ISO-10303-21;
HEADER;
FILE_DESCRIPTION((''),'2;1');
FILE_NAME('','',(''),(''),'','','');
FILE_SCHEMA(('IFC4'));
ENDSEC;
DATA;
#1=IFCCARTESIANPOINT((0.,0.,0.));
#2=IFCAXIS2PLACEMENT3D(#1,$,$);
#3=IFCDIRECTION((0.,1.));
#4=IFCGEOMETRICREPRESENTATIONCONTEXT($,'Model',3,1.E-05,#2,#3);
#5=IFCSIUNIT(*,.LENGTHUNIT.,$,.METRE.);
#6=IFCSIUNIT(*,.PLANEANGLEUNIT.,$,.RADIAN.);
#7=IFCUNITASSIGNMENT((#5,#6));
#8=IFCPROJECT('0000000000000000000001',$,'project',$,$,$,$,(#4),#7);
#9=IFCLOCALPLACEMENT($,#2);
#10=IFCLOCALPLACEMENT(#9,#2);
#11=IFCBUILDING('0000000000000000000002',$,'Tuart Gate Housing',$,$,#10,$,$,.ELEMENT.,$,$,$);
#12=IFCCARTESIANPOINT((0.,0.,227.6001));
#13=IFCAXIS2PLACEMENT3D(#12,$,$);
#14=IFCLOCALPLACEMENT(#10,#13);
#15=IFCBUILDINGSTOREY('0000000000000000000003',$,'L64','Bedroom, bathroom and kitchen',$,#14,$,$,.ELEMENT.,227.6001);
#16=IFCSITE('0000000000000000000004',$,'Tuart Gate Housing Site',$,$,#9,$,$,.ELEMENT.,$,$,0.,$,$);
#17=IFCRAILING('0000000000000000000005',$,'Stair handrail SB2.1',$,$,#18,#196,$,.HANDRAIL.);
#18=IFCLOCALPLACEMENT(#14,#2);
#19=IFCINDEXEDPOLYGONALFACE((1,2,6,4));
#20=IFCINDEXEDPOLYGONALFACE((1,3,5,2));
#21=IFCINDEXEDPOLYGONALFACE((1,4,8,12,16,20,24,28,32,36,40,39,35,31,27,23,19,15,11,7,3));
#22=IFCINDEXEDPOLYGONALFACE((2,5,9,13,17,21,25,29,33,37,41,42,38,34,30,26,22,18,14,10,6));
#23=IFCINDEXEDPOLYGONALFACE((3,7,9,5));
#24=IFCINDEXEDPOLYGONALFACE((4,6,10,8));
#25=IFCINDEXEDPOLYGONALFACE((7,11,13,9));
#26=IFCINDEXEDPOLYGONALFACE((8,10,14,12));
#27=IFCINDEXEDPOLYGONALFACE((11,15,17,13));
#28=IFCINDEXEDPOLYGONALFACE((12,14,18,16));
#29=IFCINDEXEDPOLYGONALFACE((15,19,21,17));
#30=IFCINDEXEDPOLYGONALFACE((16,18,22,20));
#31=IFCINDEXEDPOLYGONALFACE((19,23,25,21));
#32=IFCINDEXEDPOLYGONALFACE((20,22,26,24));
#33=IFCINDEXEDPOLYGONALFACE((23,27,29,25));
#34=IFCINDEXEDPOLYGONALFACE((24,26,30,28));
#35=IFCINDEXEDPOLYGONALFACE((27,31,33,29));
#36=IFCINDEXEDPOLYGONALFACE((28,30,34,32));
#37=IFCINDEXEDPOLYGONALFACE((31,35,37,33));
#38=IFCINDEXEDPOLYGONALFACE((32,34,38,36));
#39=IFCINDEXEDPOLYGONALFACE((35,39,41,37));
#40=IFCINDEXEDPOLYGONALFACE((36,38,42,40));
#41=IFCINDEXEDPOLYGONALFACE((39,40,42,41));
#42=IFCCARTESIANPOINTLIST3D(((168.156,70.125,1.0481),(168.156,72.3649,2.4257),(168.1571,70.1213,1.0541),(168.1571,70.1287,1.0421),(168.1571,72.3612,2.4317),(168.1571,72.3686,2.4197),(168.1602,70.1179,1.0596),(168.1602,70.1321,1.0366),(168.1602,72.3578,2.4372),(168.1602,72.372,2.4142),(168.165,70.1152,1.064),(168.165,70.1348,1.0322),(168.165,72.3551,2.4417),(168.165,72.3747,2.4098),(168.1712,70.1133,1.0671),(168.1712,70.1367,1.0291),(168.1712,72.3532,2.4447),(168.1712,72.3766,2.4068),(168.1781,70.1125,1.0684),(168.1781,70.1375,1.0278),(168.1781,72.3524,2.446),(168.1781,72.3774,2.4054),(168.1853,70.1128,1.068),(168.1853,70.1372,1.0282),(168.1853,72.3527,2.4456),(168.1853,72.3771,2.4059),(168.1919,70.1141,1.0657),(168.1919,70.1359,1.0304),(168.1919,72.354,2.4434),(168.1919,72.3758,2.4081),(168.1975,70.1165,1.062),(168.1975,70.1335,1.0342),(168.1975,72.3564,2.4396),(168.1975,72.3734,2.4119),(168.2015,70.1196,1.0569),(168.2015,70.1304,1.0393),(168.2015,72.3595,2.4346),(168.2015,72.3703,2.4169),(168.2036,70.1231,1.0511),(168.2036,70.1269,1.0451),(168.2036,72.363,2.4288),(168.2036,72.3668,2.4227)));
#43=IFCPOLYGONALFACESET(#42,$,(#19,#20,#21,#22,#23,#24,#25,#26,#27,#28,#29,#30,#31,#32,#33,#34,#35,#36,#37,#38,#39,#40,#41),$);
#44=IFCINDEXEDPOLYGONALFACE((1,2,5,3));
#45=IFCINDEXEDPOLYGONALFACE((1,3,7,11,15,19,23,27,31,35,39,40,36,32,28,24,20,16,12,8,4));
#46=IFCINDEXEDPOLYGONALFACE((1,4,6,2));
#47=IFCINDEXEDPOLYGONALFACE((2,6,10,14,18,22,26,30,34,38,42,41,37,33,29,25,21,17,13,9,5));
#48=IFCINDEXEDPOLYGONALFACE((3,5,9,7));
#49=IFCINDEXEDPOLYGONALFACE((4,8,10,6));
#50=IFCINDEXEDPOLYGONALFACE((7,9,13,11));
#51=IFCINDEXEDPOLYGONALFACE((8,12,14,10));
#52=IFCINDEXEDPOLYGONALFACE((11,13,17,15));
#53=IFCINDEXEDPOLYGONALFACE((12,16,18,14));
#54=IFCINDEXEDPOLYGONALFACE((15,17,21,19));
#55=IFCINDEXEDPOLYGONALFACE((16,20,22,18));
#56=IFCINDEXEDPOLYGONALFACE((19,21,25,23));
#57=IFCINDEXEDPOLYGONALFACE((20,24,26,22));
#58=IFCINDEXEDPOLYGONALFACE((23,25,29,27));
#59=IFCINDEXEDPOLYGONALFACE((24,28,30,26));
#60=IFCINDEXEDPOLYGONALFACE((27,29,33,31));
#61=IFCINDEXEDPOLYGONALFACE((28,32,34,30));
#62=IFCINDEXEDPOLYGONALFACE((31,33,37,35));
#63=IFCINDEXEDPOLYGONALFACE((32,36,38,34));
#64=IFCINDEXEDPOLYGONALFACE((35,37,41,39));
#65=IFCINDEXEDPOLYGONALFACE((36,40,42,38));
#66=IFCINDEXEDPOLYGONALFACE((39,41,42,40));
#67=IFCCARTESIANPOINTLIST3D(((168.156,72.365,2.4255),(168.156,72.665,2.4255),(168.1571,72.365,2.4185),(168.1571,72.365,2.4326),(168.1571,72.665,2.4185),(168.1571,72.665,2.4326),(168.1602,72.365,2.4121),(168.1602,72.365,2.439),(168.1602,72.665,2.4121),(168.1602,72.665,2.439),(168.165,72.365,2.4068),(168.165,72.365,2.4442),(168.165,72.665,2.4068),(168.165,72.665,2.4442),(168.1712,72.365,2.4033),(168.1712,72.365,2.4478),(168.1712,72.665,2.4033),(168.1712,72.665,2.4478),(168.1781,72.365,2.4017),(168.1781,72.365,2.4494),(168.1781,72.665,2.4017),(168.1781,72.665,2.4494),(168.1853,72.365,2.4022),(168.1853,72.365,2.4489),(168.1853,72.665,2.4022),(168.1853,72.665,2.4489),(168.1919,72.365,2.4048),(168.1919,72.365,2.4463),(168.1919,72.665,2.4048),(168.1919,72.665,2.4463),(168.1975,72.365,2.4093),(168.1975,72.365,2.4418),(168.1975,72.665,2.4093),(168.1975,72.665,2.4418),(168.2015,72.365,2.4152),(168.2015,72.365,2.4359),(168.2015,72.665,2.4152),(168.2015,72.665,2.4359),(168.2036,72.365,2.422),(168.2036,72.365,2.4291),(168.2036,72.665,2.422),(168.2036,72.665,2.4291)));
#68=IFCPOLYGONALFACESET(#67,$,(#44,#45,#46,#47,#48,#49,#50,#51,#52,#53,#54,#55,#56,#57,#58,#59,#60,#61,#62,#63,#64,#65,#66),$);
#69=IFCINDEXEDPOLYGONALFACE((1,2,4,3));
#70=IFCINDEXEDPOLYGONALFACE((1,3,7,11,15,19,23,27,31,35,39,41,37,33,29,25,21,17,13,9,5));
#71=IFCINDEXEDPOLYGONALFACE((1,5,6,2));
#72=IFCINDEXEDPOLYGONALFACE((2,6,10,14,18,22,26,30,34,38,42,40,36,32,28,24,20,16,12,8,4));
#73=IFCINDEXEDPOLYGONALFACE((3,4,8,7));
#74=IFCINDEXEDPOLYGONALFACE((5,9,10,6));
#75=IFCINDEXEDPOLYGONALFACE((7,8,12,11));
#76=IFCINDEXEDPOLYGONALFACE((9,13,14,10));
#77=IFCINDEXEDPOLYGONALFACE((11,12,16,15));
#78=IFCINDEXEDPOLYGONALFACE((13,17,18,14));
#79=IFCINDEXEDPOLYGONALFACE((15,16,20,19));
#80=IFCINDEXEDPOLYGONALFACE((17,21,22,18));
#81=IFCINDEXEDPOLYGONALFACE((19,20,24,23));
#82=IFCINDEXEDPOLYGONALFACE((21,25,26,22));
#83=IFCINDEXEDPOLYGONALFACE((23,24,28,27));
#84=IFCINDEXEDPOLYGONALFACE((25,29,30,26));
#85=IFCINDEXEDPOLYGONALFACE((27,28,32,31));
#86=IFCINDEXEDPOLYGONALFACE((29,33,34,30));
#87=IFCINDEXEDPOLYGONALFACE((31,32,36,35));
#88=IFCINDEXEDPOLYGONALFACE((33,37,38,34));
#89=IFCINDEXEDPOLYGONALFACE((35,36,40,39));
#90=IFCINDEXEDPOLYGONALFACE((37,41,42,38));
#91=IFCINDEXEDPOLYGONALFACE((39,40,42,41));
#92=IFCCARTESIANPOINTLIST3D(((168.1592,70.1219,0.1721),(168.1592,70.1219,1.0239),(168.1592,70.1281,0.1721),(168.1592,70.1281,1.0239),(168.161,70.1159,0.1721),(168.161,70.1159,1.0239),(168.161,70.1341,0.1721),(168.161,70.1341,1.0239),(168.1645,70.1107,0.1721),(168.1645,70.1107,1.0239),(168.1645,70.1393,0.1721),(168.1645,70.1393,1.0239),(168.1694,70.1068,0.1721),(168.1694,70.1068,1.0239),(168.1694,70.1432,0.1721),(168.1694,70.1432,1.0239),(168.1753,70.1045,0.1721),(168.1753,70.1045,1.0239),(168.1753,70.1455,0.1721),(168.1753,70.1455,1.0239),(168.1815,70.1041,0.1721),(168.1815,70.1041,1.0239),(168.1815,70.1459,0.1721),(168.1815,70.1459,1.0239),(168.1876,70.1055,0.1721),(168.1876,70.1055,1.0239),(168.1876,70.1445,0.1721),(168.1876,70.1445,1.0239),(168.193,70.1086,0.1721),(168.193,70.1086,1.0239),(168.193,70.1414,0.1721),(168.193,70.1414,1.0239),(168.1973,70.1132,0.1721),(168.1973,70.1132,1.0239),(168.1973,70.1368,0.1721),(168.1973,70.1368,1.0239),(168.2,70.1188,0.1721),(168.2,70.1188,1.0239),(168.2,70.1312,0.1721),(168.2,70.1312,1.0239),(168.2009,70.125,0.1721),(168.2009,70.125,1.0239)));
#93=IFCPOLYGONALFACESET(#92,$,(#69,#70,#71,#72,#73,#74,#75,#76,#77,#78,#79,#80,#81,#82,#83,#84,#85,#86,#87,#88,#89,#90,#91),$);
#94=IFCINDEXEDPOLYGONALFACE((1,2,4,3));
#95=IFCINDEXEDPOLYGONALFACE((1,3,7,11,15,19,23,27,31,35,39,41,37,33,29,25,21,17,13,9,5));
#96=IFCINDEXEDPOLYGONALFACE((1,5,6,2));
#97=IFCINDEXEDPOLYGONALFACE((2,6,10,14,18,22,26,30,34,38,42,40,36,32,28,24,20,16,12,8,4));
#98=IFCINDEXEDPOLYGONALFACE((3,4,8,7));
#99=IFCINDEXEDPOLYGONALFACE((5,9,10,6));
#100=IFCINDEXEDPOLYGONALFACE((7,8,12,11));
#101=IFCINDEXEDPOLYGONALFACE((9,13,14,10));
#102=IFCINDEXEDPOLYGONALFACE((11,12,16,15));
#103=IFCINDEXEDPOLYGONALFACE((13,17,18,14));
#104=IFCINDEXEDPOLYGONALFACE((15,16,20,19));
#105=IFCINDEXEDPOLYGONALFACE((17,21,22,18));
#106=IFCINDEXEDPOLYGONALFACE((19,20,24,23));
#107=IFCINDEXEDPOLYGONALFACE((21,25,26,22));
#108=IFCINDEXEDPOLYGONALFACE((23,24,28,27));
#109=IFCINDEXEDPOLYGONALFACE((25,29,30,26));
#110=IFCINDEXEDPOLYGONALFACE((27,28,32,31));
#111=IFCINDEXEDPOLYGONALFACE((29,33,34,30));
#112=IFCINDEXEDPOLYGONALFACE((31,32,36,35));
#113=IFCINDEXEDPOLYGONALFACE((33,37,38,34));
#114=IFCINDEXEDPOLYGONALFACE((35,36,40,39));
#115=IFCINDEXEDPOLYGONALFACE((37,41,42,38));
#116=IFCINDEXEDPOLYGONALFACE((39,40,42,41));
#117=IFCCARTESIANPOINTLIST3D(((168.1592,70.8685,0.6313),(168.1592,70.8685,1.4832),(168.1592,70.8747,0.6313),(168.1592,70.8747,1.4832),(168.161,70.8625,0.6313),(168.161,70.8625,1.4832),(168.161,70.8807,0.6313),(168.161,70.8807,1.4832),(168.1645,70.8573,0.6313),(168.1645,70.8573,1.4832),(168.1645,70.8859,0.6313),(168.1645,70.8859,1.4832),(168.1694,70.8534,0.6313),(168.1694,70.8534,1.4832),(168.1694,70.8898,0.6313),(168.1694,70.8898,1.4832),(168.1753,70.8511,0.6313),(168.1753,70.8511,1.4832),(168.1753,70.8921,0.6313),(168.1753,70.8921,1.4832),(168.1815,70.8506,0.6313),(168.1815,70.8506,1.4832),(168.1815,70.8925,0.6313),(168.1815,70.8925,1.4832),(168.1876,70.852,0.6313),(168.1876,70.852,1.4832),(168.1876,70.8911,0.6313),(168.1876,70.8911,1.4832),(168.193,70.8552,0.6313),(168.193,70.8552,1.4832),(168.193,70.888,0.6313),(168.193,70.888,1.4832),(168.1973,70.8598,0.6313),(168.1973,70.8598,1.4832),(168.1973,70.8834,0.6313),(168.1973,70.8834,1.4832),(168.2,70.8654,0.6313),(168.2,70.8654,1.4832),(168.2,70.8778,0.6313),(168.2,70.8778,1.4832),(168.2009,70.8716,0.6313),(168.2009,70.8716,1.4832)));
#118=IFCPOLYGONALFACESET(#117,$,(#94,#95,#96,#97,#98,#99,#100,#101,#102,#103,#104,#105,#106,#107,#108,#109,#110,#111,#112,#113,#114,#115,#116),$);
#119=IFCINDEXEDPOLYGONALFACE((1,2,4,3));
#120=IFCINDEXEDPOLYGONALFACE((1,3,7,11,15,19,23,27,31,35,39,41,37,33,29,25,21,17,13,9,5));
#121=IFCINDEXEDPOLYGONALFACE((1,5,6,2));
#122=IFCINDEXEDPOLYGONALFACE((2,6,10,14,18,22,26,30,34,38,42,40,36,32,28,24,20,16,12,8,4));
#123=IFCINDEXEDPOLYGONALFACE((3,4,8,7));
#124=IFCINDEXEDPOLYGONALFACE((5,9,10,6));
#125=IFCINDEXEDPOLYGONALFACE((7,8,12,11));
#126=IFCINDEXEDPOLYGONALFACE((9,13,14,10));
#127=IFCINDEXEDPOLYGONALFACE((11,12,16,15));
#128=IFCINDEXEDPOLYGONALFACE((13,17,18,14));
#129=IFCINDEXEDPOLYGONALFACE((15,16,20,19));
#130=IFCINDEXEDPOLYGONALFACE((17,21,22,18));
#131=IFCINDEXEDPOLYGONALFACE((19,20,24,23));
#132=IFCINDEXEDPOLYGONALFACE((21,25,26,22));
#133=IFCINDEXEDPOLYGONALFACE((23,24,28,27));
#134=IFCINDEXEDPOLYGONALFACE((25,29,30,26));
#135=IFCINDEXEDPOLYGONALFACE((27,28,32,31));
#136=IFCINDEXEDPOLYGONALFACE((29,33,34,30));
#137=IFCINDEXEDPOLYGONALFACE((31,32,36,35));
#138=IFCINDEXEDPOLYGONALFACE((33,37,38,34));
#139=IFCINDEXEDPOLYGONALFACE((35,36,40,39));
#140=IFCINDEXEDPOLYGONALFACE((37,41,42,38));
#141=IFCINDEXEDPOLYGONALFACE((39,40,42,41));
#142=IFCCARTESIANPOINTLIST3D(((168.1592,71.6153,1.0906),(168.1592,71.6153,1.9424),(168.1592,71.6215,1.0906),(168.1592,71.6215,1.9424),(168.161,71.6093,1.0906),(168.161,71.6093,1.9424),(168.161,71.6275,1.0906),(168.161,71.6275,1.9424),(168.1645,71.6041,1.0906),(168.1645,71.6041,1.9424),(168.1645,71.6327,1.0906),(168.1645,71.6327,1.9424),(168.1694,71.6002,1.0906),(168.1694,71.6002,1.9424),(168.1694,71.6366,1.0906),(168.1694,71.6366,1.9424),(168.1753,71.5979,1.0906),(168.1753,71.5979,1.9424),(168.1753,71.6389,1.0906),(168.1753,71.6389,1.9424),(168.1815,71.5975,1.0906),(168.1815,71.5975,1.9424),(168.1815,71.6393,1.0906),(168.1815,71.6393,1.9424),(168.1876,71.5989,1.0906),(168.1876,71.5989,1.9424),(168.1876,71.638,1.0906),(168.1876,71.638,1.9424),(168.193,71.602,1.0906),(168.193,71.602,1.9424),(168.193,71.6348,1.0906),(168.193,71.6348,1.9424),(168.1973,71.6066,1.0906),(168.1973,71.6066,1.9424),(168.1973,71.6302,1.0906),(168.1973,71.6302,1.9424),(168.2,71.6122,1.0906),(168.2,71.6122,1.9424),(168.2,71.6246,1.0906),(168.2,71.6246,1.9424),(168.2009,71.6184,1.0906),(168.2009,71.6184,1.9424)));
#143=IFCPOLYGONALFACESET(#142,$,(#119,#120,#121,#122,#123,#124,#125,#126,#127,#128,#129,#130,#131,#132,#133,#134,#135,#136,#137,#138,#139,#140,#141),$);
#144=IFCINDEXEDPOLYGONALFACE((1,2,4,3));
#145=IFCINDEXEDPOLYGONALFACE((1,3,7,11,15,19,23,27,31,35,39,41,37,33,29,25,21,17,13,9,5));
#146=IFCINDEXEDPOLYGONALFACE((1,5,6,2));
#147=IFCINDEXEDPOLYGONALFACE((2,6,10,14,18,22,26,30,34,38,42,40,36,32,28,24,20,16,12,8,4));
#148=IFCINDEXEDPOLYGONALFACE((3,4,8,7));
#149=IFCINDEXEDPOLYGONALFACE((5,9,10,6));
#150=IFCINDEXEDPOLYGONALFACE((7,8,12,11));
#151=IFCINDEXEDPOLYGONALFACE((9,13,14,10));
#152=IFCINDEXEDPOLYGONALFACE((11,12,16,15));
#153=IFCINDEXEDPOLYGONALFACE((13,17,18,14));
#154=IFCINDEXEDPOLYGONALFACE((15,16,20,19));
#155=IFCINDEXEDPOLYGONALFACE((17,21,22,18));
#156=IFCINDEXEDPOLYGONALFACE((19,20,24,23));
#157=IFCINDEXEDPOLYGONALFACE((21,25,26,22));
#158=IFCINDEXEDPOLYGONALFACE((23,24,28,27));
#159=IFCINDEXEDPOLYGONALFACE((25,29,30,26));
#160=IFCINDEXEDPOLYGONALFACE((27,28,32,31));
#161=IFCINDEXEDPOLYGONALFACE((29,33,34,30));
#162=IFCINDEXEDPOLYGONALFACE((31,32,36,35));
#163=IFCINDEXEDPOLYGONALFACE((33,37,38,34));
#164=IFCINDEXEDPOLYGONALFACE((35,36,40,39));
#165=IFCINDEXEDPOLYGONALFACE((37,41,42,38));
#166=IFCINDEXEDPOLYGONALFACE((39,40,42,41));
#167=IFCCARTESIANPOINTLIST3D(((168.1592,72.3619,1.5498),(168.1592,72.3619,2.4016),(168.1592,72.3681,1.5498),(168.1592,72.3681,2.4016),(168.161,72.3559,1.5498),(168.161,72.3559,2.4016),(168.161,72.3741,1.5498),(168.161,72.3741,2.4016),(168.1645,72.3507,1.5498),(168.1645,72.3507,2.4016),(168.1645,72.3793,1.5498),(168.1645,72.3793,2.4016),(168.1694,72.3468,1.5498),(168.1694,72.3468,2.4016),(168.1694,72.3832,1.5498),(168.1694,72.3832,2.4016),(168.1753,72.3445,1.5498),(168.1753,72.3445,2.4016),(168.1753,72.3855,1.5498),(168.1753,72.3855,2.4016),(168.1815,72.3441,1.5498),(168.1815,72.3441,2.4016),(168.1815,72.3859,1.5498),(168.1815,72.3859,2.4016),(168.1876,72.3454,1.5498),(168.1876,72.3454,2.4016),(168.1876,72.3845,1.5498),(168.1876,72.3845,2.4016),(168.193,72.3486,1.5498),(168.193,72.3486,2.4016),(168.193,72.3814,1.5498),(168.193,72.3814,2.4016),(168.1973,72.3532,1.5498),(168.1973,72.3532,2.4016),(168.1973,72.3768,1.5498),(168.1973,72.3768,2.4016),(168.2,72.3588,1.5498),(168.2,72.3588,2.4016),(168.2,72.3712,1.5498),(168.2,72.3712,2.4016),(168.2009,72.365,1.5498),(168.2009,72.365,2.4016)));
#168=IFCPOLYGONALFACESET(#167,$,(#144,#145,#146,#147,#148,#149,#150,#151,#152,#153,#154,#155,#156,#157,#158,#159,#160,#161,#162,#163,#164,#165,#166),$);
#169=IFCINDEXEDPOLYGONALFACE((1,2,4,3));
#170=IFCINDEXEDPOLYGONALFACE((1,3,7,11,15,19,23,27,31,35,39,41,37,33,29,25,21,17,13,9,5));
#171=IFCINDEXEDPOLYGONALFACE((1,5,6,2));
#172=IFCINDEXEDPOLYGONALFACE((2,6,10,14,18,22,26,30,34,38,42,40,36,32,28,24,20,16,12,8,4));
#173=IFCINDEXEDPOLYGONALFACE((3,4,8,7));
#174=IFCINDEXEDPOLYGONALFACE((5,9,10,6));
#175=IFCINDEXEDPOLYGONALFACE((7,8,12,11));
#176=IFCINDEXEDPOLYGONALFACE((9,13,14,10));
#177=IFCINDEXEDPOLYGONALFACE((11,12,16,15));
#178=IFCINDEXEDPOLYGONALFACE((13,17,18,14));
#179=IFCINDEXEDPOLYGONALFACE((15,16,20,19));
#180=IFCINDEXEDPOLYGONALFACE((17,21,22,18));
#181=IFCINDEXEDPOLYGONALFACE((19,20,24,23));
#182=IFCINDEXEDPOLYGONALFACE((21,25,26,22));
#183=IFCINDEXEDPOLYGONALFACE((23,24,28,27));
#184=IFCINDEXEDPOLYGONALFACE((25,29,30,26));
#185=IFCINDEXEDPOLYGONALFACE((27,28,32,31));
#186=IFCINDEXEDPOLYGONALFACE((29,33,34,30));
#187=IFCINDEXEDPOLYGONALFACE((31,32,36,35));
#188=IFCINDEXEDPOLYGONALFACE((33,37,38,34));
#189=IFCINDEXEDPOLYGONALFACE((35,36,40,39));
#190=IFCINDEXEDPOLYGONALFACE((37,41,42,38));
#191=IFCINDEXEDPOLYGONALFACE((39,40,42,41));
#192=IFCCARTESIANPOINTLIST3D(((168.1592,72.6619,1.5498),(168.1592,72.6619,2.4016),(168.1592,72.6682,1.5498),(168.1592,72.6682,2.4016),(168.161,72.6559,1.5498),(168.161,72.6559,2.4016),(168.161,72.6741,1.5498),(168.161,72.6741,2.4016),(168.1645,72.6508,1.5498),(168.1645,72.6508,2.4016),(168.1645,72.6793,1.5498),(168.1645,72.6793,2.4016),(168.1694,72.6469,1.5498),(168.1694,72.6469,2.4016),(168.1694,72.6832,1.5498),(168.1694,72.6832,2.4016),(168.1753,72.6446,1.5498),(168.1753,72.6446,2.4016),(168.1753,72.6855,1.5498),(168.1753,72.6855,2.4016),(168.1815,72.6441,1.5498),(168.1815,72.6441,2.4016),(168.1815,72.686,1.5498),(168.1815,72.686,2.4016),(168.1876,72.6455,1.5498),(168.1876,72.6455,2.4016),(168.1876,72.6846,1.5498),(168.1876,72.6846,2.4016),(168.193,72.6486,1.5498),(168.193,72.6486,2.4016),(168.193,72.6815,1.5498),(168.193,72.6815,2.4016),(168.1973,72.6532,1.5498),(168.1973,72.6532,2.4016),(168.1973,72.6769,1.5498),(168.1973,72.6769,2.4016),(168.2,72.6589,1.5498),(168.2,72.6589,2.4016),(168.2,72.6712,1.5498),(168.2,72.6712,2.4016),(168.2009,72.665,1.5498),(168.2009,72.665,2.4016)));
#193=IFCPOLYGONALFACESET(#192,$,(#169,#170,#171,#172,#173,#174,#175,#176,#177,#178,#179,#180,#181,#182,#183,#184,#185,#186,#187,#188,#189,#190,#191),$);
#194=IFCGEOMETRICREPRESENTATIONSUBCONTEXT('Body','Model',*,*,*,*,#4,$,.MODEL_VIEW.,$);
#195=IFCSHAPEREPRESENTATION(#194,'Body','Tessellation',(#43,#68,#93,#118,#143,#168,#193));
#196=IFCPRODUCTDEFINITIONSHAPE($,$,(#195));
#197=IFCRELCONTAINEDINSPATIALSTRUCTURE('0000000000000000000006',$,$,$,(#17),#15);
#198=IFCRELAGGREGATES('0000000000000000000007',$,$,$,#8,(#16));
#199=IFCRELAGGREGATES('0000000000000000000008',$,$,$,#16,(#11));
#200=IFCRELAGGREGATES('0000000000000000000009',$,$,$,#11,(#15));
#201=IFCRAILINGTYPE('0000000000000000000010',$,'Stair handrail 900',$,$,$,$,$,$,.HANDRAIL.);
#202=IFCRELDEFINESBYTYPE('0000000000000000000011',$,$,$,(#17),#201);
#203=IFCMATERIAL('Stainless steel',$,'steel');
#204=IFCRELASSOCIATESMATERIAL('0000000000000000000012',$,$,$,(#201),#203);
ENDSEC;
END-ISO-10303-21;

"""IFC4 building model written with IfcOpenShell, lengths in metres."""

from ifc_helpers import new_model, si_unit, direction, frame, origin, origin_2d, place, context, subcontext, project, spatial, circle, extrude, material, type_object, element, save


model = new_model("IFC4")

# Units and contexts
model_context = context("Model", 3, precision=1e-05, world=origin(), true_north=direction((0.0, 1.0)))
body_context = subcontext(model_context, "Body", "Model", "MODEL_VIEW")
ifc_project = project(units=[si_unit("LENGTHUNIT", "METRE"), si_unit("PLANEANGLEUNIT", "RADIAN")], contexts=[model_context])

# Site, building, storey
site_placement = place(None, origin())
site = spatial("IfcSite", under=ifc_project, at=site_placement, Name="Tuart Gate Housing Site", CompositionType="ELEMENT", RefElevation=0.0)
building_placement = place(site_placement, origin())
building = spatial("IfcBuilding", under=site, at=building_placement, Name="Tuart Gate Housing", CompositionType="ELEMENT")
storey_placement = place(building_placement, frame((0.0, 0.0, 227.6001)))
storey = spatial("IfcBuildingStorey", under=building, at=storey_placement, Name="L64", Description="Bedroom, bathroom and kitchen", CompositionType="ELEMENT", Elevation=227.6001)

# Railing
ifc_material_1 = material(Name="Stainless steel", Category="steel")
railing_type = type_object("IfcRailingType", Name="Stair handrail 900", PredefinedType="HANDRAIL", material=ifc_material_1)
railing_placement = place(storey_placement, frame((168.1799, 70.125, 0.1721)))
element("IfcRailing", 1, at=railing_placement, inside=storey, type_object=railing_type, Name="Stair handrail SB2.1", PredefinedType="HANDRAIL", context=body_context, shape_type="SweptSolid", body=[
    extrude(circle(Radius=0.0239, at=origin_2d()), frame((0.0, 0.0, 0.876), z_axis=(0.0, 0.851789, 0.523885), x_axis=(-1.0, 0.0, 0.0)), (0.0, 0.0, 1.0), 2.6296),
    extrude(circle(Radius=0.0239, at=origin_2d()), frame((0.0, 2.24, 2.2534), z_axis=(0.0, 1.0, 0.0), x_axis=(-1.0, 0.0, 0.0)), (0.0, 0.0, 1.0), 0.3),
    extrude(circle(Radius=0.021, at=origin_2d()), origin(), (0.0, 0.0, 1.0), 0.8518),
    extrude(circle(Radius=0.021, at=origin_2d()), frame((0.0, 0.7466, 0.4592)), (0.0, 0.0, 1.0), 0.8518),
    extrude(circle(Radius=0.021, at=origin_2d()), frame((0.0, 1.4934, 0.9185)), (0.0, 0.0, 1.0), 0.8518),
    extrude(circle(Radius=0.021, at=origin_2d()), frame((0.0, 2.24, 1.3777)), (0.0, 0.0, 1.0), 0.8518),
    extrude(circle(Radius=0.021, at=origin_2d()), frame((0.0, 2.54, 1.3777)), (0.0, 0.0, 1.0), 0.8518),
])

save(model, "model.ifc")
